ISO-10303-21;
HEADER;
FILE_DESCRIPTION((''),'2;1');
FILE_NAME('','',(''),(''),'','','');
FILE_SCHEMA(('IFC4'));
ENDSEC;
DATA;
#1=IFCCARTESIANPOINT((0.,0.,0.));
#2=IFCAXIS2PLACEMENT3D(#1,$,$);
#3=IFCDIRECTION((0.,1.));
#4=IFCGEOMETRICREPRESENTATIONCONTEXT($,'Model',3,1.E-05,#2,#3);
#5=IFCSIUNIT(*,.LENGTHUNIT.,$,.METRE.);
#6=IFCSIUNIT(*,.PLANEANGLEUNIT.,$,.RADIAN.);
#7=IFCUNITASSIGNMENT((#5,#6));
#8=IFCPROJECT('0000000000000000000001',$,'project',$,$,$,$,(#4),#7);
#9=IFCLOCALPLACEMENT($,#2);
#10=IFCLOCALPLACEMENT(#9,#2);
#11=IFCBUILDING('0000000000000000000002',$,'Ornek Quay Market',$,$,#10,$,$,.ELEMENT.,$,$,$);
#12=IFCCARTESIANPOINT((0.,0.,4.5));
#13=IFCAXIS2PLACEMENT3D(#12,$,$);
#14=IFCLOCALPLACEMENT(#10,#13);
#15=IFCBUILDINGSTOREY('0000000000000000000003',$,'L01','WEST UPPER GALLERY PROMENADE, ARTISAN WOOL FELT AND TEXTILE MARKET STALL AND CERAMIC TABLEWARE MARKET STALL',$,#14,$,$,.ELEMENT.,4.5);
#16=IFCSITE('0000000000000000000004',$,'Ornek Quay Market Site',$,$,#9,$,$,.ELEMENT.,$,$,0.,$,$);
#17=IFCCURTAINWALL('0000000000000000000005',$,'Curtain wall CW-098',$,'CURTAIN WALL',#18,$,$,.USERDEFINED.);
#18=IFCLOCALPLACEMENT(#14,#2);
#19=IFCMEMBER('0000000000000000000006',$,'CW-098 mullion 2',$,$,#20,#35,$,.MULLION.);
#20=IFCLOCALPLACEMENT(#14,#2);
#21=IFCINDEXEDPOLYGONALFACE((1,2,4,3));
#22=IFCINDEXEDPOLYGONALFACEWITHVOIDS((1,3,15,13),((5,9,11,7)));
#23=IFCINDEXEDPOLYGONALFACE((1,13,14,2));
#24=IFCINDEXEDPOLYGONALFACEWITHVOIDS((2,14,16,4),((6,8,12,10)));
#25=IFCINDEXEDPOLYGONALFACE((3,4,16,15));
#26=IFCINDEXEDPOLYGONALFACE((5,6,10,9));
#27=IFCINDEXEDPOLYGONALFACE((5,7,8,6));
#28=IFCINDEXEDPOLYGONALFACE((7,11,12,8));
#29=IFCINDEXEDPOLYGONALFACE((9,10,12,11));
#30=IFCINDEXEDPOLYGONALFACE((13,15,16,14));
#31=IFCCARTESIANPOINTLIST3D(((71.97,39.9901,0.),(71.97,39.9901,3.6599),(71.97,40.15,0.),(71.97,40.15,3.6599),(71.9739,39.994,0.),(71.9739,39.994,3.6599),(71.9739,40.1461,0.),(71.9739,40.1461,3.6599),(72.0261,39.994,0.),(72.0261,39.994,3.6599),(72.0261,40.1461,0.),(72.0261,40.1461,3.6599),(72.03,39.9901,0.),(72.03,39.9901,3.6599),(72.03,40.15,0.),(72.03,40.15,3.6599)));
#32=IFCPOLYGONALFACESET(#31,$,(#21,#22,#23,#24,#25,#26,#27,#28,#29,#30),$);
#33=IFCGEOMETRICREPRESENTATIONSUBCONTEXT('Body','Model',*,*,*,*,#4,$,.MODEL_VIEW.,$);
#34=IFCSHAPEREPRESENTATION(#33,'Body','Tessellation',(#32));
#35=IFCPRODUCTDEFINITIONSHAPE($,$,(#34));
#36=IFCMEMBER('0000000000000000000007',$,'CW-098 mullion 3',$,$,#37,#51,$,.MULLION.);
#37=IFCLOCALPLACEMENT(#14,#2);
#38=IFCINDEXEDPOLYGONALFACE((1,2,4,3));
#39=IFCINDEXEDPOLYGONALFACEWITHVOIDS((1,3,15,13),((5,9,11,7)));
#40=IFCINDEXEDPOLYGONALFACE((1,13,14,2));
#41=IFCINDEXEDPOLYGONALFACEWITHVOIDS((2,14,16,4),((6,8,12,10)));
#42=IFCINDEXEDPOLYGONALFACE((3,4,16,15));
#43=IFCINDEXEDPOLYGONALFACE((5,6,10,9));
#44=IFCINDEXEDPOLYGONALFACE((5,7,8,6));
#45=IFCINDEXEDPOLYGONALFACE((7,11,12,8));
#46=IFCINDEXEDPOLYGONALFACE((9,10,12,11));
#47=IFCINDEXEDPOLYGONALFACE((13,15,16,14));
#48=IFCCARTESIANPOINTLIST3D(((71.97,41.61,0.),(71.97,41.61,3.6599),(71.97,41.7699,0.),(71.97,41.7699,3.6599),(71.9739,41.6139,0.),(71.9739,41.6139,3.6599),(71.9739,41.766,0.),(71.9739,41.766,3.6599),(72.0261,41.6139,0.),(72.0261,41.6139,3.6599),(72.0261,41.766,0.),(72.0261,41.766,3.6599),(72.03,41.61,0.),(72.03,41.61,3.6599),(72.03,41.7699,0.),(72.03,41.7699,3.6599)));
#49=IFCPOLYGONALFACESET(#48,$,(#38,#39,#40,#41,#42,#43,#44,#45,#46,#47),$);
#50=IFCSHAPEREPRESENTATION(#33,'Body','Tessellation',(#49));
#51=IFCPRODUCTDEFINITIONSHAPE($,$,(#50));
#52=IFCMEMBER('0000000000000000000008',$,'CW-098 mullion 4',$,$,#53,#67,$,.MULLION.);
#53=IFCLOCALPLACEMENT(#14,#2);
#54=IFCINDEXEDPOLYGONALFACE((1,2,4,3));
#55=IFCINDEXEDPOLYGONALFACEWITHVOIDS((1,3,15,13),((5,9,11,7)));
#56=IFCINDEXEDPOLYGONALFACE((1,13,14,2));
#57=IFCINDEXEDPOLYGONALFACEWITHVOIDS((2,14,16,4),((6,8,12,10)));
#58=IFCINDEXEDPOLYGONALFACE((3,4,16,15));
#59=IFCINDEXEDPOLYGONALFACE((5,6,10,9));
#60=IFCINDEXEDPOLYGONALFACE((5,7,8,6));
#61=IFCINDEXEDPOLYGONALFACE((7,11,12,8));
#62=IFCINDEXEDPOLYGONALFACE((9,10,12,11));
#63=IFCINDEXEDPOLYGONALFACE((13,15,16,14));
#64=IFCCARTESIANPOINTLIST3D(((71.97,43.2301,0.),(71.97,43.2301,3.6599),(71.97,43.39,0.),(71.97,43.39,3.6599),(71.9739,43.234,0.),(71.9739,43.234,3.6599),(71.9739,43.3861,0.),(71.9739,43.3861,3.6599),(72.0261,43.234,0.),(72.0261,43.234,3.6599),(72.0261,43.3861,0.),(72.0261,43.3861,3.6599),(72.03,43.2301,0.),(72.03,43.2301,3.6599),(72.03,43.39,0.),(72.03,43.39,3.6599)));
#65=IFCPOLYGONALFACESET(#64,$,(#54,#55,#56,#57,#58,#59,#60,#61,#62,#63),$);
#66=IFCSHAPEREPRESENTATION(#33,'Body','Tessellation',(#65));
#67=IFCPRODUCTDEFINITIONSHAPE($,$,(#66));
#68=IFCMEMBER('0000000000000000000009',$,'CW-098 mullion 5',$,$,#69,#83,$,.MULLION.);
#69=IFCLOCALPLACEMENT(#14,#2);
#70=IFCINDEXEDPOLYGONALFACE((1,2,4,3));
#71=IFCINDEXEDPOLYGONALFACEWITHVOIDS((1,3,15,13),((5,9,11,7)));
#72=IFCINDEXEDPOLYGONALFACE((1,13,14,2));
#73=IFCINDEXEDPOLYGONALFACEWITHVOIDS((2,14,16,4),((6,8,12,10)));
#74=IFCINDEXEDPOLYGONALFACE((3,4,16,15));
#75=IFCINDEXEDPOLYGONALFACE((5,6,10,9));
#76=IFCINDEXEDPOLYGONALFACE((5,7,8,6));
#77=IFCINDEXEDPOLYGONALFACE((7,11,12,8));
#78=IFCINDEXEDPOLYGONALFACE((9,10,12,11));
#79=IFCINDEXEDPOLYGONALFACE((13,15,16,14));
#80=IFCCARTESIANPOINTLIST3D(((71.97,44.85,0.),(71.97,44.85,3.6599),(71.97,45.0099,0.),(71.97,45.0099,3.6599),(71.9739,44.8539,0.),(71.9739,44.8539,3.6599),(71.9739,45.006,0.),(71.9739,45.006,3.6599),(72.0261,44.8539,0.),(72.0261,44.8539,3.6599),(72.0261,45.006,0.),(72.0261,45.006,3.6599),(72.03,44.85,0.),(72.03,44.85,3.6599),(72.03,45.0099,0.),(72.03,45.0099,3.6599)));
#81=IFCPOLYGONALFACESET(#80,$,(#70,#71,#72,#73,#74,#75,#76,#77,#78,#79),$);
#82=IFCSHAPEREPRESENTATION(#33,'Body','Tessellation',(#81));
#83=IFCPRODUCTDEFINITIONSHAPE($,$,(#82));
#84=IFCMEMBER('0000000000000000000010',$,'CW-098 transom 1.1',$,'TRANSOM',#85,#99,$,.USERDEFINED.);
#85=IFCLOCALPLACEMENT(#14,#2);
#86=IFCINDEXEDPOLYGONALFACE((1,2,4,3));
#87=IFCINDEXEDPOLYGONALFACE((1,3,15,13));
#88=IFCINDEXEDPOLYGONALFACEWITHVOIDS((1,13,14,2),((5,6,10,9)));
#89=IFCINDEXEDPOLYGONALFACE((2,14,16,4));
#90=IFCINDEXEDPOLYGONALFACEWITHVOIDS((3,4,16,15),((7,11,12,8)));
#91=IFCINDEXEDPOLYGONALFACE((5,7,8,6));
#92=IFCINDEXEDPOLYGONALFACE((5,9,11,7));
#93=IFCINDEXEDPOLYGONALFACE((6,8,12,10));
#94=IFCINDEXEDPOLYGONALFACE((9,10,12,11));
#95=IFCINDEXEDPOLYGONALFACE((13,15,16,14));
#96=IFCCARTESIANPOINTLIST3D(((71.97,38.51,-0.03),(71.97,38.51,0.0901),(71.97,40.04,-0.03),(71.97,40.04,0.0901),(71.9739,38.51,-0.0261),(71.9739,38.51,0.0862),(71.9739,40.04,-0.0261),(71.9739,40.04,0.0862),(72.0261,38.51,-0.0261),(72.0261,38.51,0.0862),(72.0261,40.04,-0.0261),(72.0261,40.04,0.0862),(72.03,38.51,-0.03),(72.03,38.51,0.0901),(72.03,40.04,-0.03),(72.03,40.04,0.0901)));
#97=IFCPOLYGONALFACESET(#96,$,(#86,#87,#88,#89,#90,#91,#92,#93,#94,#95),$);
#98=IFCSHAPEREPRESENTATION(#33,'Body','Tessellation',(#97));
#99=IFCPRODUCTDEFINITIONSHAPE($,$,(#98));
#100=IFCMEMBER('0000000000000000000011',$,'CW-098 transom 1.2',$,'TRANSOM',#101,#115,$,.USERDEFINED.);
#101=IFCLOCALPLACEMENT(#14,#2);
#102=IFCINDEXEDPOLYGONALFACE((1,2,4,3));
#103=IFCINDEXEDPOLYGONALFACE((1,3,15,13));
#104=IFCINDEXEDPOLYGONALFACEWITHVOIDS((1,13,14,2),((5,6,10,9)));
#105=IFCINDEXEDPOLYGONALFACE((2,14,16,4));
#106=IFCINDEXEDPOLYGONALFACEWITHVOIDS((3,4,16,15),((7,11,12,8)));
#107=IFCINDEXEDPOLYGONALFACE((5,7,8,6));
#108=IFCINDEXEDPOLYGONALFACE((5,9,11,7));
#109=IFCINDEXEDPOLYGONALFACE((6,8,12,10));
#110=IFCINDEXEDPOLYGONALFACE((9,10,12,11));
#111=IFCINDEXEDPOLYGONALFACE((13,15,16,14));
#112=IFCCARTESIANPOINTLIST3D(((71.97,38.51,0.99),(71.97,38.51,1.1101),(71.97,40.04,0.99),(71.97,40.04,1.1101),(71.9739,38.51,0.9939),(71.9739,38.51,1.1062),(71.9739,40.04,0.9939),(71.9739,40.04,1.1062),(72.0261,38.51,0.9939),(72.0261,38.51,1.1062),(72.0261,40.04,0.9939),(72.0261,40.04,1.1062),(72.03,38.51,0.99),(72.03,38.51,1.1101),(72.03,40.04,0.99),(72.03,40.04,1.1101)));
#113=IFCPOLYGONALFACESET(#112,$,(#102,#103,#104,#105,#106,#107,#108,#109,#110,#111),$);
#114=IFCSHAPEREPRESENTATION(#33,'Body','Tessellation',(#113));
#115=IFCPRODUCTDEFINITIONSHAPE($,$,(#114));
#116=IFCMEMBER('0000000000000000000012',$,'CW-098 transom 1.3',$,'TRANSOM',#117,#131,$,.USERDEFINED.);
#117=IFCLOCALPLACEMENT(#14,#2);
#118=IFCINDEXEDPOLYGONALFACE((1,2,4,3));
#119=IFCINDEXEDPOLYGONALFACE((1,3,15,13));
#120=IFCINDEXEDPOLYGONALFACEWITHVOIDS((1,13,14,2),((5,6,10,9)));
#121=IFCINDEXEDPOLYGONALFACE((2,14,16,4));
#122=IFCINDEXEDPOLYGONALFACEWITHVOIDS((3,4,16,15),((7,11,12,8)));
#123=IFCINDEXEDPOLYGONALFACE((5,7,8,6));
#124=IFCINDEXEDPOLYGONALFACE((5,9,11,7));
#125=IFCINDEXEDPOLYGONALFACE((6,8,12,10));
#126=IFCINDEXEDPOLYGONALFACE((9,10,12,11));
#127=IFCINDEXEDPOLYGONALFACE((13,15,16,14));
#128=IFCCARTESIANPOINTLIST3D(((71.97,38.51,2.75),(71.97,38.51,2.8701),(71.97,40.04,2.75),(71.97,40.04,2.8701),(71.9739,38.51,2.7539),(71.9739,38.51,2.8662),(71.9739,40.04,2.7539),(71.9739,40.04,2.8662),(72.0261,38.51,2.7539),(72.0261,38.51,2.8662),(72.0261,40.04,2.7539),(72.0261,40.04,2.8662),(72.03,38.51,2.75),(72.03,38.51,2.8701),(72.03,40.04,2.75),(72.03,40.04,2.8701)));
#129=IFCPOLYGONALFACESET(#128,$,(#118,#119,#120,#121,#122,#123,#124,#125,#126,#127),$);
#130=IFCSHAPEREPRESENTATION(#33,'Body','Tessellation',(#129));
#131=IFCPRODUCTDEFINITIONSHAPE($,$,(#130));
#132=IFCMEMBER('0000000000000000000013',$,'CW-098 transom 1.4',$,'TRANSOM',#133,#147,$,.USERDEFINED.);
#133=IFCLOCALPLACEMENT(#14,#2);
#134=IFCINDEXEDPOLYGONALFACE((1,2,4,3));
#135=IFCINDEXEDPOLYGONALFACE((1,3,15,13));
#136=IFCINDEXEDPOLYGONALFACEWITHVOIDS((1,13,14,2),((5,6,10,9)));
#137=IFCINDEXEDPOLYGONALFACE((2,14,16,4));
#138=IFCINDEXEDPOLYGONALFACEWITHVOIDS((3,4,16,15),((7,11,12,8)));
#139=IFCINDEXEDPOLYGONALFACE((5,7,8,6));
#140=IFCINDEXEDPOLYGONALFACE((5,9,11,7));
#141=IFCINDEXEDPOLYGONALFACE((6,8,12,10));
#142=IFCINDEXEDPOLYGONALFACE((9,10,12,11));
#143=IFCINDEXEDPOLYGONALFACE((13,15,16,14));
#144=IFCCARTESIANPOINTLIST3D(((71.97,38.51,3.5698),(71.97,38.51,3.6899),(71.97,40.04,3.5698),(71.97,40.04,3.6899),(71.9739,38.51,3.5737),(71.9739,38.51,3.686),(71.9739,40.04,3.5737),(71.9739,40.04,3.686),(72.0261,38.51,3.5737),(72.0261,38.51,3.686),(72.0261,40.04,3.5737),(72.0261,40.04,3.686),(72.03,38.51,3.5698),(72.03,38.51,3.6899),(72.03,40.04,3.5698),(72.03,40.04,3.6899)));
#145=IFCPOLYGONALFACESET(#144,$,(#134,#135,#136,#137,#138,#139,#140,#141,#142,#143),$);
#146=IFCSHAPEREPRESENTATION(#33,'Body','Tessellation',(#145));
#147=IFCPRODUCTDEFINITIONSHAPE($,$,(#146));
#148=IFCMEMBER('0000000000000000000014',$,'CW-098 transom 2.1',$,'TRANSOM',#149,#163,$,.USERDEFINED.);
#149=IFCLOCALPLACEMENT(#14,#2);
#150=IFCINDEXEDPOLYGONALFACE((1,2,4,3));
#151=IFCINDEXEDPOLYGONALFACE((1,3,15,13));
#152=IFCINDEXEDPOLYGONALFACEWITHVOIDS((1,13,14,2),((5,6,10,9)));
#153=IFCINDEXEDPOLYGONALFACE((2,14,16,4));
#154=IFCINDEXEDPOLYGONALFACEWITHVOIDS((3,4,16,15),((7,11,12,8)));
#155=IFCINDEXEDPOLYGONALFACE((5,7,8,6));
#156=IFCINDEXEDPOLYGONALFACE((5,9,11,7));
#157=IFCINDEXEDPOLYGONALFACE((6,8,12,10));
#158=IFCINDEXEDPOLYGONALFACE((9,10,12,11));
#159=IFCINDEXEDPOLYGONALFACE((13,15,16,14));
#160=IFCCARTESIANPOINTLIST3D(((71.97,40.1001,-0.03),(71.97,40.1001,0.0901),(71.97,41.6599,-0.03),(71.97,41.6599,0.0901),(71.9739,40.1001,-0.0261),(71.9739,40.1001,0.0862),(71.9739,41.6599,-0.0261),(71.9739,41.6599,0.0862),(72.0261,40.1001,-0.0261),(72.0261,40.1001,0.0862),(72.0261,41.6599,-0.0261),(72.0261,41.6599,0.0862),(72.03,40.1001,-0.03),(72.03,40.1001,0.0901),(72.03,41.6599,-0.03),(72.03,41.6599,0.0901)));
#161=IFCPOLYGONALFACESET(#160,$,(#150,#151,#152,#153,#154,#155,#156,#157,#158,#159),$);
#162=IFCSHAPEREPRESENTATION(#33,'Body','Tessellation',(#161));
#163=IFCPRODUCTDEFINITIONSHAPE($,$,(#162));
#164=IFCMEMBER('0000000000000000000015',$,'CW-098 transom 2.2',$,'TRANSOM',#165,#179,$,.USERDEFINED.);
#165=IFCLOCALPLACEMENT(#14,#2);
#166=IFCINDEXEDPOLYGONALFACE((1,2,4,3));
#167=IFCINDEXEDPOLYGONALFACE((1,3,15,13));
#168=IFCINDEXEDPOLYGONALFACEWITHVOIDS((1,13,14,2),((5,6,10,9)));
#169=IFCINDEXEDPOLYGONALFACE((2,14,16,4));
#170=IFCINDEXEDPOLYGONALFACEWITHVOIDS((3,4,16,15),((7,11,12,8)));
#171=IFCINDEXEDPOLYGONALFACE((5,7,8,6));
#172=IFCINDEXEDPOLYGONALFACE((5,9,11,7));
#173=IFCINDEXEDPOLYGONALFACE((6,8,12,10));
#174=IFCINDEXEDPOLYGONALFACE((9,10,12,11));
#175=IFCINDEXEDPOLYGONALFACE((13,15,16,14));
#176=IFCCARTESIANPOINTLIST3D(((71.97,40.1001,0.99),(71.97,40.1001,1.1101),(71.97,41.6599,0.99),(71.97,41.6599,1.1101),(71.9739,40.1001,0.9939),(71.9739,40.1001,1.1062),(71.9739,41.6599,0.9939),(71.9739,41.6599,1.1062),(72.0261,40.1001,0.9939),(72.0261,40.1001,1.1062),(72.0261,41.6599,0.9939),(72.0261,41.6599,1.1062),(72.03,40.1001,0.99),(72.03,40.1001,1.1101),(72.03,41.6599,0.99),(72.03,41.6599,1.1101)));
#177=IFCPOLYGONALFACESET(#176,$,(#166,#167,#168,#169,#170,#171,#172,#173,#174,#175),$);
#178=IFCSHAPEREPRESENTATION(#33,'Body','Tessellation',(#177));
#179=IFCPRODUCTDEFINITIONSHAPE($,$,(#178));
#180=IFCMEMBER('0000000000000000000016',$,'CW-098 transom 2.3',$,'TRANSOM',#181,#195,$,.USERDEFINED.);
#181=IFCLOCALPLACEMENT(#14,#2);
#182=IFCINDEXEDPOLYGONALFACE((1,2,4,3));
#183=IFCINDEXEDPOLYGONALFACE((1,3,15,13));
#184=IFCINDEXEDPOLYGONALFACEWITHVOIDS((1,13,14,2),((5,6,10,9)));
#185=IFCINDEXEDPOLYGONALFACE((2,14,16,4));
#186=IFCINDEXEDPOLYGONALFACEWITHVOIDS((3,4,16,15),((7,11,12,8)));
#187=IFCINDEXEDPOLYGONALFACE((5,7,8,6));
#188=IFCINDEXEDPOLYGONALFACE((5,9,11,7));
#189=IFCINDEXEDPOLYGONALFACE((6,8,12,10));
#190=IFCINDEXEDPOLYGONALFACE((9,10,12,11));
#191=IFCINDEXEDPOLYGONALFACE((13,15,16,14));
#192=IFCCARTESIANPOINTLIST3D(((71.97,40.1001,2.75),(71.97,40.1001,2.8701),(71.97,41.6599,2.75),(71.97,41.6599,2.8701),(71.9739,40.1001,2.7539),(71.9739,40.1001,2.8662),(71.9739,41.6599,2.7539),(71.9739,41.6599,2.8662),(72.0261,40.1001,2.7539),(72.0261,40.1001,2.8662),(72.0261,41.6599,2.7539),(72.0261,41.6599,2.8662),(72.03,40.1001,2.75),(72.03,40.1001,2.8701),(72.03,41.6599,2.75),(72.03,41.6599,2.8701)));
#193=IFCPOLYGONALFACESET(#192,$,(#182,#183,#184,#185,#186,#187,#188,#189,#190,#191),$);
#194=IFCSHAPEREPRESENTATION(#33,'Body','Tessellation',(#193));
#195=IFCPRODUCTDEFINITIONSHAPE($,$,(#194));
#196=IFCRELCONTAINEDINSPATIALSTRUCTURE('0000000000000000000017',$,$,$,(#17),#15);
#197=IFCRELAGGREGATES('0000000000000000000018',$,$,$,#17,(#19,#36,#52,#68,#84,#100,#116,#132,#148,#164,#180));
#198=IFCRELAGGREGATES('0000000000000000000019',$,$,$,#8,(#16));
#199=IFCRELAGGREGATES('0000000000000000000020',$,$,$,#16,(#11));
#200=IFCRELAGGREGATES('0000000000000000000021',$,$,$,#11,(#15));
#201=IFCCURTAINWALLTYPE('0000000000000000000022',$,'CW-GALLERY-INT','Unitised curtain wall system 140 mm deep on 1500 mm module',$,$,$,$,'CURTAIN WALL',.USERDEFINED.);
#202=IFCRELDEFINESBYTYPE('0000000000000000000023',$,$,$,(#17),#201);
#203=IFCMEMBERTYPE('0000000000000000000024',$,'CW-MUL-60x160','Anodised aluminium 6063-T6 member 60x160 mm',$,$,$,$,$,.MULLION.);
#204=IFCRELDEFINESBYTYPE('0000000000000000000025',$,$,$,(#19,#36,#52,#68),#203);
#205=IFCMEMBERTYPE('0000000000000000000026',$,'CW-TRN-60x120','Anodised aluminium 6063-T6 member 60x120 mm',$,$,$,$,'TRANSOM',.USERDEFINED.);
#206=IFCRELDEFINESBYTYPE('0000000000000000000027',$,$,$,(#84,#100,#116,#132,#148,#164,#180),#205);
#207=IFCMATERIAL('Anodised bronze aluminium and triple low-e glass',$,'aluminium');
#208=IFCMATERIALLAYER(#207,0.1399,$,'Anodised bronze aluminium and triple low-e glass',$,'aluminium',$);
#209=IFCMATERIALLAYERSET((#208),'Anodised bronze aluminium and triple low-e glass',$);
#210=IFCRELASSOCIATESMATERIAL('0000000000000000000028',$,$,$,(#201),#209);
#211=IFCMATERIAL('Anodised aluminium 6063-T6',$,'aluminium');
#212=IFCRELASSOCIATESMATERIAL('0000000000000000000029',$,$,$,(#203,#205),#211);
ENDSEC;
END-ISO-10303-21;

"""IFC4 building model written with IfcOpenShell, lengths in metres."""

from ifc_helpers import new_model, si_unit, direction, frame, origin, origin_2d, place, context, subcontext, project, spatial, hollow_rectangle, extrude, material, layer, layer_set, material_profile, profile_set, type_object, element, aggregate, save


model = new_model("IFC4")

# Units and contexts
model_context = context("Model", 3, precision=1e-05, world=origin(), true_north=direction((0.0, 1.0)))
body_context = subcontext(model_context, "Body", "Model", "MODEL_VIEW")
ifc_project = project(units=[si_unit("LENGTHUNIT", "METRE"), si_unit("PLANEANGLEUNIT", "RADIAN")], contexts=[model_context])

# Site, building, storey
site_placement = place(None, origin())
site = spatial("IfcSite", under=ifc_project, at=site_placement, Name="Ornek Quay Market Site", CompositionType="ELEMENT", RefElevation=0.0)
building_placement = place(site_placement, origin())
building = spatial("IfcBuilding", under=site, at=building_placement, Name="Ornek Quay Market", CompositionType="ELEMENT")
storey_placement = place(building_placement, frame((0.0, 0.0, 4.5)))
storey = spatial("IfcBuildingStorey", under=building, at=storey_placement, Name="L01", Description="WEST UPPER GALLERY PROMENADE, ARTISAN WOOL FELT AND TEXTILE MARKET STALL AND CERAMIC TABLEWARE MARKET STALL", CompositionType="ELEMENT", Elevation=4.5)

# Curtain wall, members
ifc_material_1 = material(Name="Anodised bronze aluminium and triple low-e glass", Category="aluminium")
ifc_layer_1 = layer(ifc_material_1, 0.1399, Name="Anodised bronze aluminium and triple low-e glass", Category="aluminium")
ifc_layer_set_1 = layer_set([ifc_layer_1], Name="Anodised bronze aluminium and triple low-e glass")
curtain_wall_type = type_object("IfcCurtainWallType", Name="CW-GALLERY-INT", Description="Unitised curtain wall system 140 mm deep on 1500 mm module", ElementType="CURTAIN WALL", PredefinedType="USERDEFINED", material=ifc_layer_set_1)
curtain_wall_placement = place(storey_placement, origin())
curtain_wall = element("IfcCurtainWall", 1, at=curtain_wall_placement, inside=storey, type_object=curtain_wall_type, Name="Curtain wall CW-098", ObjectType="CURTAIN WALL", PredefinedType="USERDEFINED")
ifc_material_2 = material(Name="Anodised aluminium 6063-T6", Category="aluminium")
ifc_material_profile_1 = material_profile(ifc_material_2, hollow_rectangle(XDim=0.0601, YDim=0.1599, WallThickness=0.0039, at=origin_2d()), Name="CW-MUL-60x160", Category="aluminium")
ifc_profile_set_1 = profile_set([ifc_material_profile_1], Name="Anodised aluminium 6063-T6")
member_type_1 = type_object("IfcMemberType", Name="CW-MUL-60x160", Description="Anodised aluminium 6063-T6 member 60x160 mm", PredefinedType="MULLION", material=ifc_profile_set_1)
member_1_placement = place(storey_placement, frame((72.0, 40.0701, 0.0), z_axis=(0.0, 0.0, 1.0), x_axis=(-1.0, 0.0, 0.0)))
member_1 = element("IfcMember", 2, at=member_1_placement, type_object=member_type_1, Name="CW-098 mullion 2", PredefinedType="MULLION", context=body_context, shape_type="SweptSolid", body=[
    extrude(hollow_rectangle(XDim=0.0601, YDim=0.1599, WallThickness=0.0039, at=origin_2d()), origin(), (0.0, 0.0, 1.0), 3.6599),
])
member_2_placement = place(storey_placement, frame((72.0, 41.6899, 0.0), z_axis=(0.0, 0.0, 1.0), x_axis=(-1.0, 0.0, 0.0)))
member_2 = element("IfcMember", 3, at=member_2_placement, type_object=member_type_1, Name="CW-098 mullion 3", PredefinedType="MULLION", context=body_context, shape_type="SweptSolid", body=[
    extrude(hollow_rectangle(XDim=0.0601, YDim=0.1599, WallThickness=0.0039, at=origin_2d()), origin(), (0.0, 0.0, 1.0), 3.6599),
])
member_3_placement = place(storey_placement, frame((72.0, 43.3101, 0.0), z_axis=(0.0, 0.0, 1.0), x_axis=(-1.0, 0.0, 0.0)))
member_3 = element("IfcMember", 4, at=member_3_placement, type_object=member_type_1, Name="CW-098 mullion 4", PredefinedType="MULLION", context=body_context, shape_type="SweptSolid", body=[
    extrude(hollow_rectangle(XDim=0.0601, YDim=0.1599, WallThickness=0.0039, at=origin_2d()), origin(), (0.0, 0.0, 1.0), 3.6599),
])
member_4_placement = place(storey_placement, frame((72.0, 44.9299, 0.0), z_axis=(0.0, 0.0, 1.0), x_axis=(-1.0, 0.0, 0.0)))
member_4 = element("IfcMember", 5, at=member_4_placement, type_object=member_type_1, Name="CW-098 mullion 5", PredefinedType="MULLION", context=body_context, shape_type="SweptSolid", body=[
    extrude(hollow_rectangle(XDim=0.0601, YDim=0.1599, WallThickness=0.0039, at=origin_2d()), origin(), (0.0, 0.0, 1.0), 3.6599),
])
ifc_material_profile_2 = material_profile(ifc_material_2, hollow_rectangle(XDim=0.0601, YDim=0.1201, WallThickness=0.0039, at=origin_2d()), Name="CW-TRN-60x120", Category="aluminium")
ifc_profile_set_2 = profile_set([ifc_material_profile_2], Name="Anodised aluminium 6063-T6")
member_type_2 = type_object("IfcMemberType", Name="CW-TRN-60x120", Description="Anodised aluminium 6063-T6 member 60x120 mm", ElementType="TRANSOM", PredefinedType="USERDEFINED", material=ifc_profile_set_2)
member_5_placement = place(storey_placement, frame((72.0, 38.51, 0.03), z_axis=(0.0, 1.0, 0.0), x_axis=(-1.0, 0.0, 0.0)))
member_5 = element("IfcMember", 6, at=member_5_placement, type_object=member_type_2, Name="CW-098 transom 1.1", ObjectType="TRANSOM", PredefinedType="USERDEFINED", context=body_context, shape_type="SweptSolid", body=[
    extrude(hollow_rectangle(XDim=0.0601, YDim=0.1201, WallThickness=0.0039, at=origin_2d()), origin(), (0.0, 0.0, 1.0), 1.53),
])
member_6_placement = place(storey_placement, frame((72.0, 38.51, 1.05), z_axis=(0.0, 1.0, 0.0), x_axis=(-1.0, 0.0, 0.0)))
member_6 = element("IfcMember", 7, at=member_6_placement, type_object=member_type_2, Name="CW-098 transom 1.2", ObjectType="TRANSOM", PredefinedType="USERDEFINED", context=body_context, shape_type="SweptSolid", body=[
    extrude(hollow_rectangle(XDim=0.0601, YDim=0.1201, WallThickness=0.0039, at=origin_2d()), origin(), (0.0, 0.0, 1.0), 1.53),
])
member_7_placement = place(storey_placement, frame((72.0, 38.51, 2.8101), z_axis=(0.0, 1.0, 0.0), x_axis=(-1.0, 0.0, 0.0)))
member_7 = element("IfcMember", 8, at=member_7_placement, type_object=member_type_2, Name="CW-098 transom 1.3", ObjectType="TRANSOM", PredefinedType="USERDEFINED", context=body_context, shape_type="SweptSolid", body=[
    extrude(hollow_rectangle(XDim=0.0601, YDim=0.1201, WallThickness=0.0039, at=origin_2d()), origin(), (0.0, 0.0, 1.0), 1.53),
])
member_8_placement = place(storey_placement, frame((72.0, 38.51, 3.6299), z_axis=(0.0, 1.0, 0.0), x_axis=(-1.0, 0.0, 0.0)))
member_8 = element("IfcMember", 9, at=member_8_placement, type_object=member_type_2, Name="CW-098 transom 1.4", ObjectType="TRANSOM", PredefinedType="USERDEFINED", context=body_context, shape_type="SweptSolid", body=[
    extrude(hollow_rectangle(XDim=0.0601, YDim=0.1201, WallThickness=0.0039, at=origin_2d()), origin(), (0.0, 0.0, 1.0), 1.53),
])
member_9_placement = place(storey_placement, frame((72.0, 40.1001, 0.03), z_axis=(0.0, 1.0, 0.0), x_axis=(-1.0, 0.0, 0.0)))
member_9 = element("IfcMember", 10, at=member_9_placement, type_object=member_type_2, Name="CW-098 transom 2.1", ObjectType="TRANSOM", PredefinedType="USERDEFINED", context=body_context, shape_type="SweptSolid", body=[
    extrude(hollow_rectangle(XDim=0.0601, YDim=0.1201, WallThickness=0.0039, at=origin_2d()), origin(), (0.0, 0.0, 1.0), 1.5598),
])
member_10_placement = place(storey_placement, frame((72.0, 40.1001, 1.05), z_axis=(0.0, 1.0, 0.0), x_axis=(-1.0, 0.0, 0.0)))
member_10 = element("IfcMember", 11, at=member_10_placement, type_object=member_type_2, Name="CW-098 transom 2.2", ObjectType="TRANSOM", PredefinedType="USERDEFINED", context=body_context, shape_type="SweptSolid", body=[
    extrude(hollow_rectangle(XDim=0.0601, YDim=0.1201, WallThickness=0.0039, at=origin_2d()), origin(), (0.0, 0.0, 1.0), 1.5598),
])
member_11_placement = place(storey_placement, frame((72.0, 40.1001, 2.8101), z_axis=(0.0, 1.0, 0.0), x_axis=(-1.0, 0.0, 0.0)))
member_11 = element("IfcMember", 12, at=member_11_placement, type_object=member_type_2, Name="CW-098 transom 2.3", ObjectType="TRANSOM", PredefinedType="USERDEFINED", context=body_context, shape_type="SweptSolid", body=[
    extrude(hollow_rectangle(XDim=0.0601, YDim=0.1201, WallThickness=0.0039, at=origin_2d()), origin(), (0.0, 0.0, 1.0), 1.5598),
])
aggregate(curtain_wall, [member_1, member_2, member_3, member_4, member_5, member_6, member_7, member_8, member_9, member_10, member_11])

save(model, "model.ifc")
